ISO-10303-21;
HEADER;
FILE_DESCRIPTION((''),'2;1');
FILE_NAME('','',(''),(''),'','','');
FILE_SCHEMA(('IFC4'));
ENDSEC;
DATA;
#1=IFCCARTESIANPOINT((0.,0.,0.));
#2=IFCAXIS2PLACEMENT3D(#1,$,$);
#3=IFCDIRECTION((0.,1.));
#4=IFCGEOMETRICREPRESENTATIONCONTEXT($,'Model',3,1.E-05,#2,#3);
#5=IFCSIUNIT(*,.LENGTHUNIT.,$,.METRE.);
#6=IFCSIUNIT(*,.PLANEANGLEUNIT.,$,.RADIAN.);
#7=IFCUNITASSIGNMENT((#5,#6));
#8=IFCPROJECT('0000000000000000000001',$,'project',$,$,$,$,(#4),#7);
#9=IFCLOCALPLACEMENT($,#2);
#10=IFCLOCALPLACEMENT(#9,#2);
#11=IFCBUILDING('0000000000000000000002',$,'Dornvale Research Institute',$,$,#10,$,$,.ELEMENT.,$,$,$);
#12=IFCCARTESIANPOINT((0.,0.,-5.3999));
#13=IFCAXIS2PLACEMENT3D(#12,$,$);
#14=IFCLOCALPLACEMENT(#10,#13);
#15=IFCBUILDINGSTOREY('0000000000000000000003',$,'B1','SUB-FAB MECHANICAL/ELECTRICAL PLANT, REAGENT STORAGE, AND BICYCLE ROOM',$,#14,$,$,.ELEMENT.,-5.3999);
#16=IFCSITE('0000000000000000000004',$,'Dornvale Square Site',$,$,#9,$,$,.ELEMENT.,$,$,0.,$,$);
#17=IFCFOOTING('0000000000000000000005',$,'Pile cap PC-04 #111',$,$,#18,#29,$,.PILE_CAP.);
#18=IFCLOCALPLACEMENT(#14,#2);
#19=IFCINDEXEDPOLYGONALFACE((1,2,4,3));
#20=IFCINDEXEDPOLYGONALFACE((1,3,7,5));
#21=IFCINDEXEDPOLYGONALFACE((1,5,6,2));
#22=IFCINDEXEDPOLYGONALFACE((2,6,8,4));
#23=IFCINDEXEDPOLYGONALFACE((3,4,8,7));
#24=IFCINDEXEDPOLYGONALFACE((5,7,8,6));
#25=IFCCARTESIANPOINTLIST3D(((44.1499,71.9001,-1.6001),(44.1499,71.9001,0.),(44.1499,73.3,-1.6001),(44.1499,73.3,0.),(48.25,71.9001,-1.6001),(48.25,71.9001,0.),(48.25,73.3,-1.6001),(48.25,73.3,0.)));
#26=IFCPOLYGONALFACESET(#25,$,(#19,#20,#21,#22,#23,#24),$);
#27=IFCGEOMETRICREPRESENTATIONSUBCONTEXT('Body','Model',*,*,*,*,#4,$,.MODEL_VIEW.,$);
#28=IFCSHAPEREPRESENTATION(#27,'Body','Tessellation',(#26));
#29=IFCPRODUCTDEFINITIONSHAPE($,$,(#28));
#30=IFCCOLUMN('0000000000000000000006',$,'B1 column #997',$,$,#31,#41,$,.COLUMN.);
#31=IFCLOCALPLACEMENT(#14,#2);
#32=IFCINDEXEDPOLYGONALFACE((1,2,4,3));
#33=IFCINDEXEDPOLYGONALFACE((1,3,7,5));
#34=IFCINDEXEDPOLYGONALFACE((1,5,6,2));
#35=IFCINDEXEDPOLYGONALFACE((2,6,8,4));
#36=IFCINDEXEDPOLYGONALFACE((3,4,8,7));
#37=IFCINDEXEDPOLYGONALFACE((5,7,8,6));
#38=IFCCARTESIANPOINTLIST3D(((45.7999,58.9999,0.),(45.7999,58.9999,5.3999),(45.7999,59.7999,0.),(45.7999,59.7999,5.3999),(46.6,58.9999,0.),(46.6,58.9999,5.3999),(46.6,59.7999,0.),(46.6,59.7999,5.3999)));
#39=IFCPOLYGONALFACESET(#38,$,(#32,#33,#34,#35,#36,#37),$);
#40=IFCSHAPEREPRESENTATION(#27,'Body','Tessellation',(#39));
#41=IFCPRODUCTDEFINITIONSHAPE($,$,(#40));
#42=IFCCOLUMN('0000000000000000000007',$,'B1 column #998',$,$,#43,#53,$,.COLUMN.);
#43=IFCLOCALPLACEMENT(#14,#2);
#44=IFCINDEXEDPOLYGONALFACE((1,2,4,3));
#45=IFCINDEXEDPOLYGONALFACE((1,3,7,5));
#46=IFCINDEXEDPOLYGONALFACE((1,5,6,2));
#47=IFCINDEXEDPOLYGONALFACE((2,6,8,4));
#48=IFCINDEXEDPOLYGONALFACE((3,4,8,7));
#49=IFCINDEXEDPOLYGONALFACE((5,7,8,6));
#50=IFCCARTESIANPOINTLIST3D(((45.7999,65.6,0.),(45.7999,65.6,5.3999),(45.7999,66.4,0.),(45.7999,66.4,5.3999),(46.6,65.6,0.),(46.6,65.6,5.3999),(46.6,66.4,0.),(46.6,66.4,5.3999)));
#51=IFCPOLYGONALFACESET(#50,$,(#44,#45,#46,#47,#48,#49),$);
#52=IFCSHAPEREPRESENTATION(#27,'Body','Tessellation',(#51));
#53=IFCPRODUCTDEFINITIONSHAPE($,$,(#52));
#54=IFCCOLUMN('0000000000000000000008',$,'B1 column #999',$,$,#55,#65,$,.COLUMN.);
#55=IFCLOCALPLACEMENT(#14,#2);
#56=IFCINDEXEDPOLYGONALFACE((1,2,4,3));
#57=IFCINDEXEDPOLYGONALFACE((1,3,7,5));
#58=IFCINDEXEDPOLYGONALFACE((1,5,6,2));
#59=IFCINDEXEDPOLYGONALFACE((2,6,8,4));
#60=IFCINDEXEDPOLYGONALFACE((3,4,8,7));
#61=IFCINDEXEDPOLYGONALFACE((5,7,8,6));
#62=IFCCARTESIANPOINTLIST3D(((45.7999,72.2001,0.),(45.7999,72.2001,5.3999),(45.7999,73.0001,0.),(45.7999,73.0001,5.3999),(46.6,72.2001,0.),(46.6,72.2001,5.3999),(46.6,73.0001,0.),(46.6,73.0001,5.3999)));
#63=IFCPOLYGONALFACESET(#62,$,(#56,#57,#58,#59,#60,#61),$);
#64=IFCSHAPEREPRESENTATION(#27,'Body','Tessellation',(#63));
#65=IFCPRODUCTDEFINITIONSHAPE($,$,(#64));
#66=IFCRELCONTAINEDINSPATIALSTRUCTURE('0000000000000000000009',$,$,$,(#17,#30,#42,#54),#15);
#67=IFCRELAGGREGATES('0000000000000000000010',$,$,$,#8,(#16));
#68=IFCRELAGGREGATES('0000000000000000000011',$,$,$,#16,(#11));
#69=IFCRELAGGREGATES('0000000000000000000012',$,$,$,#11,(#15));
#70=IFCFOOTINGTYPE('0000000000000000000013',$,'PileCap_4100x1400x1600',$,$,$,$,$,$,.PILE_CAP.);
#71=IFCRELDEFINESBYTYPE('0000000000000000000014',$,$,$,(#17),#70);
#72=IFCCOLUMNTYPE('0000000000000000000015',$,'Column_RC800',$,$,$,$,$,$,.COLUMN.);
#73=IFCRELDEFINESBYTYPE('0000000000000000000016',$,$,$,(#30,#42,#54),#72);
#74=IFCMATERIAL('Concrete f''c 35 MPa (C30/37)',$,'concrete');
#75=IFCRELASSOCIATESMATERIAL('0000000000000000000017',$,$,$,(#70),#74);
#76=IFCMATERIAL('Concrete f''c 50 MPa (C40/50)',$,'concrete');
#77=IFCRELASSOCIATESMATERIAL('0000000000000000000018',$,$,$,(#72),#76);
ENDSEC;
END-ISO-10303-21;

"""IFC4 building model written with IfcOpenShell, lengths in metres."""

from ifc_helpers import new_model, si_unit, direction, frame, origin, origin_2d, place, context, subcontext, project, spatial, rectangle, extrude, material, material_profile, profile_set, type_object, element, save


model = new_model("IFC4")

# Units and contexts
model_context = context("Model", 3, precision=1e-05, world=origin(), true_north=direction((0.0, 1.0)))
body_context = subcontext(model_context, "Body", "Model", "MODEL_VIEW")
ifc_project = project(units=[si_unit("LENGTHUNIT", "METRE"), si_unit("PLANEANGLEUNIT", "RADIAN")], contexts=[model_context])

# Site, building, storey
site_placement = place(None, origin())
site = spatial("IfcSite", under=ifc_project, at=site_placement, Name="Dornvale Square Site", CompositionType="ELEMENT", RefElevation=0.0)
building_placement = place(site_placement, origin())
building = spatial("IfcBuilding", under=site, at=building_placement, Name="Dornvale Research Institute", CompositionType="ELEMENT")
storey_placement = place(building_placement, frame((0.0, 0.0, -5.3999)))
storey = spatial("IfcBuildingStorey", under=building, at=storey_placement, Name="B1", Description="SUB-FAB MECHANICAL/ELECTRICAL PLANT, REAGENT STORAGE, AND BICYCLE ROOM", CompositionType="ELEMENT", Elevation=-5.3999)

# Footing
ifc_material_1 = material(Name="Concrete f'c 35 MPa (C30/37)", Category="concrete")
footing_type_1 = type_object("IfcFootingType", Name="PileCap_4100x1400x1600", PredefinedType="PILE_CAP", material=ifc_material_1)
for number, where, z_axis, x_axis, name in (
    (1, (46.2, 72.6001, -1.6001), (0.0, 0.0, 1.0), (1.0, 0.0, 0.0), "Pile cap PC-04 #111"),
):
    element("IfcFooting", number, at=place(storey_placement, frame(where, z_axis=z_axis, x_axis=x_axis)), inside=storey, type_object=footing_type_1, Name=name, PredefinedType="PILE_CAP", context=body_context, shape_type="SweptSolid", body=[
        extrude(rectangle(XDim=4.1001, YDim=1.3999, at=origin_2d()), origin(), (0.0, 0.0, 1.0), 1.6001),
    ])

# Columns
ifc_material_2 = material(Name="Concrete f'c 50 MPa (C40/50)", Category="concrete")
ifc_material_profile_1 = material_profile(ifc_material_2, rectangle(XDim=0.8, YDim=0.8, at=origin_2d()), Name="RC 800x800")
ifc_profile_set_1 = profile_set([ifc_material_profile_1], Name="Concrete f'c 50 MPa (C40/50)")
column_type = type_object("IfcColumnType", Name="Column_RC800", PredefinedType="COLUMN", material=ifc_profile_set_1)
for number, where, z_axis, x_axis, name in (
    (2, (46.2, 59.3999, 0.0), (0.0, 0.0, 1.0), (1.0, 0.0, 0.0), "B1 column #997"),
    (3, (46.2, 66.0, 0.0), (0.0, 0.0, 1.0), (1.0, 0.0, 0.0), "B1 column #998"),
    (4, (46.2, 72.6001, 0.0), (0.0, 0.0, 1.0), (1.0, 0.0, 0.0), "B1 column #999"),
):
    element("IfcColumn", number, at=place(storey_placement, frame(where, z_axis=z_axis, x_axis=x_axis)), inside=storey, type_object=column_type, Name=name, PredefinedType="COLUMN", context=body_context, shape_type="SweptSolid", body=[
        extrude(rectangle(XDim=0.8, YDim=0.8, at=origin_2d()), origin(), (0.0, 0.0, 1.0), 5.3999),
    ])

save(model, "model.ifc")
